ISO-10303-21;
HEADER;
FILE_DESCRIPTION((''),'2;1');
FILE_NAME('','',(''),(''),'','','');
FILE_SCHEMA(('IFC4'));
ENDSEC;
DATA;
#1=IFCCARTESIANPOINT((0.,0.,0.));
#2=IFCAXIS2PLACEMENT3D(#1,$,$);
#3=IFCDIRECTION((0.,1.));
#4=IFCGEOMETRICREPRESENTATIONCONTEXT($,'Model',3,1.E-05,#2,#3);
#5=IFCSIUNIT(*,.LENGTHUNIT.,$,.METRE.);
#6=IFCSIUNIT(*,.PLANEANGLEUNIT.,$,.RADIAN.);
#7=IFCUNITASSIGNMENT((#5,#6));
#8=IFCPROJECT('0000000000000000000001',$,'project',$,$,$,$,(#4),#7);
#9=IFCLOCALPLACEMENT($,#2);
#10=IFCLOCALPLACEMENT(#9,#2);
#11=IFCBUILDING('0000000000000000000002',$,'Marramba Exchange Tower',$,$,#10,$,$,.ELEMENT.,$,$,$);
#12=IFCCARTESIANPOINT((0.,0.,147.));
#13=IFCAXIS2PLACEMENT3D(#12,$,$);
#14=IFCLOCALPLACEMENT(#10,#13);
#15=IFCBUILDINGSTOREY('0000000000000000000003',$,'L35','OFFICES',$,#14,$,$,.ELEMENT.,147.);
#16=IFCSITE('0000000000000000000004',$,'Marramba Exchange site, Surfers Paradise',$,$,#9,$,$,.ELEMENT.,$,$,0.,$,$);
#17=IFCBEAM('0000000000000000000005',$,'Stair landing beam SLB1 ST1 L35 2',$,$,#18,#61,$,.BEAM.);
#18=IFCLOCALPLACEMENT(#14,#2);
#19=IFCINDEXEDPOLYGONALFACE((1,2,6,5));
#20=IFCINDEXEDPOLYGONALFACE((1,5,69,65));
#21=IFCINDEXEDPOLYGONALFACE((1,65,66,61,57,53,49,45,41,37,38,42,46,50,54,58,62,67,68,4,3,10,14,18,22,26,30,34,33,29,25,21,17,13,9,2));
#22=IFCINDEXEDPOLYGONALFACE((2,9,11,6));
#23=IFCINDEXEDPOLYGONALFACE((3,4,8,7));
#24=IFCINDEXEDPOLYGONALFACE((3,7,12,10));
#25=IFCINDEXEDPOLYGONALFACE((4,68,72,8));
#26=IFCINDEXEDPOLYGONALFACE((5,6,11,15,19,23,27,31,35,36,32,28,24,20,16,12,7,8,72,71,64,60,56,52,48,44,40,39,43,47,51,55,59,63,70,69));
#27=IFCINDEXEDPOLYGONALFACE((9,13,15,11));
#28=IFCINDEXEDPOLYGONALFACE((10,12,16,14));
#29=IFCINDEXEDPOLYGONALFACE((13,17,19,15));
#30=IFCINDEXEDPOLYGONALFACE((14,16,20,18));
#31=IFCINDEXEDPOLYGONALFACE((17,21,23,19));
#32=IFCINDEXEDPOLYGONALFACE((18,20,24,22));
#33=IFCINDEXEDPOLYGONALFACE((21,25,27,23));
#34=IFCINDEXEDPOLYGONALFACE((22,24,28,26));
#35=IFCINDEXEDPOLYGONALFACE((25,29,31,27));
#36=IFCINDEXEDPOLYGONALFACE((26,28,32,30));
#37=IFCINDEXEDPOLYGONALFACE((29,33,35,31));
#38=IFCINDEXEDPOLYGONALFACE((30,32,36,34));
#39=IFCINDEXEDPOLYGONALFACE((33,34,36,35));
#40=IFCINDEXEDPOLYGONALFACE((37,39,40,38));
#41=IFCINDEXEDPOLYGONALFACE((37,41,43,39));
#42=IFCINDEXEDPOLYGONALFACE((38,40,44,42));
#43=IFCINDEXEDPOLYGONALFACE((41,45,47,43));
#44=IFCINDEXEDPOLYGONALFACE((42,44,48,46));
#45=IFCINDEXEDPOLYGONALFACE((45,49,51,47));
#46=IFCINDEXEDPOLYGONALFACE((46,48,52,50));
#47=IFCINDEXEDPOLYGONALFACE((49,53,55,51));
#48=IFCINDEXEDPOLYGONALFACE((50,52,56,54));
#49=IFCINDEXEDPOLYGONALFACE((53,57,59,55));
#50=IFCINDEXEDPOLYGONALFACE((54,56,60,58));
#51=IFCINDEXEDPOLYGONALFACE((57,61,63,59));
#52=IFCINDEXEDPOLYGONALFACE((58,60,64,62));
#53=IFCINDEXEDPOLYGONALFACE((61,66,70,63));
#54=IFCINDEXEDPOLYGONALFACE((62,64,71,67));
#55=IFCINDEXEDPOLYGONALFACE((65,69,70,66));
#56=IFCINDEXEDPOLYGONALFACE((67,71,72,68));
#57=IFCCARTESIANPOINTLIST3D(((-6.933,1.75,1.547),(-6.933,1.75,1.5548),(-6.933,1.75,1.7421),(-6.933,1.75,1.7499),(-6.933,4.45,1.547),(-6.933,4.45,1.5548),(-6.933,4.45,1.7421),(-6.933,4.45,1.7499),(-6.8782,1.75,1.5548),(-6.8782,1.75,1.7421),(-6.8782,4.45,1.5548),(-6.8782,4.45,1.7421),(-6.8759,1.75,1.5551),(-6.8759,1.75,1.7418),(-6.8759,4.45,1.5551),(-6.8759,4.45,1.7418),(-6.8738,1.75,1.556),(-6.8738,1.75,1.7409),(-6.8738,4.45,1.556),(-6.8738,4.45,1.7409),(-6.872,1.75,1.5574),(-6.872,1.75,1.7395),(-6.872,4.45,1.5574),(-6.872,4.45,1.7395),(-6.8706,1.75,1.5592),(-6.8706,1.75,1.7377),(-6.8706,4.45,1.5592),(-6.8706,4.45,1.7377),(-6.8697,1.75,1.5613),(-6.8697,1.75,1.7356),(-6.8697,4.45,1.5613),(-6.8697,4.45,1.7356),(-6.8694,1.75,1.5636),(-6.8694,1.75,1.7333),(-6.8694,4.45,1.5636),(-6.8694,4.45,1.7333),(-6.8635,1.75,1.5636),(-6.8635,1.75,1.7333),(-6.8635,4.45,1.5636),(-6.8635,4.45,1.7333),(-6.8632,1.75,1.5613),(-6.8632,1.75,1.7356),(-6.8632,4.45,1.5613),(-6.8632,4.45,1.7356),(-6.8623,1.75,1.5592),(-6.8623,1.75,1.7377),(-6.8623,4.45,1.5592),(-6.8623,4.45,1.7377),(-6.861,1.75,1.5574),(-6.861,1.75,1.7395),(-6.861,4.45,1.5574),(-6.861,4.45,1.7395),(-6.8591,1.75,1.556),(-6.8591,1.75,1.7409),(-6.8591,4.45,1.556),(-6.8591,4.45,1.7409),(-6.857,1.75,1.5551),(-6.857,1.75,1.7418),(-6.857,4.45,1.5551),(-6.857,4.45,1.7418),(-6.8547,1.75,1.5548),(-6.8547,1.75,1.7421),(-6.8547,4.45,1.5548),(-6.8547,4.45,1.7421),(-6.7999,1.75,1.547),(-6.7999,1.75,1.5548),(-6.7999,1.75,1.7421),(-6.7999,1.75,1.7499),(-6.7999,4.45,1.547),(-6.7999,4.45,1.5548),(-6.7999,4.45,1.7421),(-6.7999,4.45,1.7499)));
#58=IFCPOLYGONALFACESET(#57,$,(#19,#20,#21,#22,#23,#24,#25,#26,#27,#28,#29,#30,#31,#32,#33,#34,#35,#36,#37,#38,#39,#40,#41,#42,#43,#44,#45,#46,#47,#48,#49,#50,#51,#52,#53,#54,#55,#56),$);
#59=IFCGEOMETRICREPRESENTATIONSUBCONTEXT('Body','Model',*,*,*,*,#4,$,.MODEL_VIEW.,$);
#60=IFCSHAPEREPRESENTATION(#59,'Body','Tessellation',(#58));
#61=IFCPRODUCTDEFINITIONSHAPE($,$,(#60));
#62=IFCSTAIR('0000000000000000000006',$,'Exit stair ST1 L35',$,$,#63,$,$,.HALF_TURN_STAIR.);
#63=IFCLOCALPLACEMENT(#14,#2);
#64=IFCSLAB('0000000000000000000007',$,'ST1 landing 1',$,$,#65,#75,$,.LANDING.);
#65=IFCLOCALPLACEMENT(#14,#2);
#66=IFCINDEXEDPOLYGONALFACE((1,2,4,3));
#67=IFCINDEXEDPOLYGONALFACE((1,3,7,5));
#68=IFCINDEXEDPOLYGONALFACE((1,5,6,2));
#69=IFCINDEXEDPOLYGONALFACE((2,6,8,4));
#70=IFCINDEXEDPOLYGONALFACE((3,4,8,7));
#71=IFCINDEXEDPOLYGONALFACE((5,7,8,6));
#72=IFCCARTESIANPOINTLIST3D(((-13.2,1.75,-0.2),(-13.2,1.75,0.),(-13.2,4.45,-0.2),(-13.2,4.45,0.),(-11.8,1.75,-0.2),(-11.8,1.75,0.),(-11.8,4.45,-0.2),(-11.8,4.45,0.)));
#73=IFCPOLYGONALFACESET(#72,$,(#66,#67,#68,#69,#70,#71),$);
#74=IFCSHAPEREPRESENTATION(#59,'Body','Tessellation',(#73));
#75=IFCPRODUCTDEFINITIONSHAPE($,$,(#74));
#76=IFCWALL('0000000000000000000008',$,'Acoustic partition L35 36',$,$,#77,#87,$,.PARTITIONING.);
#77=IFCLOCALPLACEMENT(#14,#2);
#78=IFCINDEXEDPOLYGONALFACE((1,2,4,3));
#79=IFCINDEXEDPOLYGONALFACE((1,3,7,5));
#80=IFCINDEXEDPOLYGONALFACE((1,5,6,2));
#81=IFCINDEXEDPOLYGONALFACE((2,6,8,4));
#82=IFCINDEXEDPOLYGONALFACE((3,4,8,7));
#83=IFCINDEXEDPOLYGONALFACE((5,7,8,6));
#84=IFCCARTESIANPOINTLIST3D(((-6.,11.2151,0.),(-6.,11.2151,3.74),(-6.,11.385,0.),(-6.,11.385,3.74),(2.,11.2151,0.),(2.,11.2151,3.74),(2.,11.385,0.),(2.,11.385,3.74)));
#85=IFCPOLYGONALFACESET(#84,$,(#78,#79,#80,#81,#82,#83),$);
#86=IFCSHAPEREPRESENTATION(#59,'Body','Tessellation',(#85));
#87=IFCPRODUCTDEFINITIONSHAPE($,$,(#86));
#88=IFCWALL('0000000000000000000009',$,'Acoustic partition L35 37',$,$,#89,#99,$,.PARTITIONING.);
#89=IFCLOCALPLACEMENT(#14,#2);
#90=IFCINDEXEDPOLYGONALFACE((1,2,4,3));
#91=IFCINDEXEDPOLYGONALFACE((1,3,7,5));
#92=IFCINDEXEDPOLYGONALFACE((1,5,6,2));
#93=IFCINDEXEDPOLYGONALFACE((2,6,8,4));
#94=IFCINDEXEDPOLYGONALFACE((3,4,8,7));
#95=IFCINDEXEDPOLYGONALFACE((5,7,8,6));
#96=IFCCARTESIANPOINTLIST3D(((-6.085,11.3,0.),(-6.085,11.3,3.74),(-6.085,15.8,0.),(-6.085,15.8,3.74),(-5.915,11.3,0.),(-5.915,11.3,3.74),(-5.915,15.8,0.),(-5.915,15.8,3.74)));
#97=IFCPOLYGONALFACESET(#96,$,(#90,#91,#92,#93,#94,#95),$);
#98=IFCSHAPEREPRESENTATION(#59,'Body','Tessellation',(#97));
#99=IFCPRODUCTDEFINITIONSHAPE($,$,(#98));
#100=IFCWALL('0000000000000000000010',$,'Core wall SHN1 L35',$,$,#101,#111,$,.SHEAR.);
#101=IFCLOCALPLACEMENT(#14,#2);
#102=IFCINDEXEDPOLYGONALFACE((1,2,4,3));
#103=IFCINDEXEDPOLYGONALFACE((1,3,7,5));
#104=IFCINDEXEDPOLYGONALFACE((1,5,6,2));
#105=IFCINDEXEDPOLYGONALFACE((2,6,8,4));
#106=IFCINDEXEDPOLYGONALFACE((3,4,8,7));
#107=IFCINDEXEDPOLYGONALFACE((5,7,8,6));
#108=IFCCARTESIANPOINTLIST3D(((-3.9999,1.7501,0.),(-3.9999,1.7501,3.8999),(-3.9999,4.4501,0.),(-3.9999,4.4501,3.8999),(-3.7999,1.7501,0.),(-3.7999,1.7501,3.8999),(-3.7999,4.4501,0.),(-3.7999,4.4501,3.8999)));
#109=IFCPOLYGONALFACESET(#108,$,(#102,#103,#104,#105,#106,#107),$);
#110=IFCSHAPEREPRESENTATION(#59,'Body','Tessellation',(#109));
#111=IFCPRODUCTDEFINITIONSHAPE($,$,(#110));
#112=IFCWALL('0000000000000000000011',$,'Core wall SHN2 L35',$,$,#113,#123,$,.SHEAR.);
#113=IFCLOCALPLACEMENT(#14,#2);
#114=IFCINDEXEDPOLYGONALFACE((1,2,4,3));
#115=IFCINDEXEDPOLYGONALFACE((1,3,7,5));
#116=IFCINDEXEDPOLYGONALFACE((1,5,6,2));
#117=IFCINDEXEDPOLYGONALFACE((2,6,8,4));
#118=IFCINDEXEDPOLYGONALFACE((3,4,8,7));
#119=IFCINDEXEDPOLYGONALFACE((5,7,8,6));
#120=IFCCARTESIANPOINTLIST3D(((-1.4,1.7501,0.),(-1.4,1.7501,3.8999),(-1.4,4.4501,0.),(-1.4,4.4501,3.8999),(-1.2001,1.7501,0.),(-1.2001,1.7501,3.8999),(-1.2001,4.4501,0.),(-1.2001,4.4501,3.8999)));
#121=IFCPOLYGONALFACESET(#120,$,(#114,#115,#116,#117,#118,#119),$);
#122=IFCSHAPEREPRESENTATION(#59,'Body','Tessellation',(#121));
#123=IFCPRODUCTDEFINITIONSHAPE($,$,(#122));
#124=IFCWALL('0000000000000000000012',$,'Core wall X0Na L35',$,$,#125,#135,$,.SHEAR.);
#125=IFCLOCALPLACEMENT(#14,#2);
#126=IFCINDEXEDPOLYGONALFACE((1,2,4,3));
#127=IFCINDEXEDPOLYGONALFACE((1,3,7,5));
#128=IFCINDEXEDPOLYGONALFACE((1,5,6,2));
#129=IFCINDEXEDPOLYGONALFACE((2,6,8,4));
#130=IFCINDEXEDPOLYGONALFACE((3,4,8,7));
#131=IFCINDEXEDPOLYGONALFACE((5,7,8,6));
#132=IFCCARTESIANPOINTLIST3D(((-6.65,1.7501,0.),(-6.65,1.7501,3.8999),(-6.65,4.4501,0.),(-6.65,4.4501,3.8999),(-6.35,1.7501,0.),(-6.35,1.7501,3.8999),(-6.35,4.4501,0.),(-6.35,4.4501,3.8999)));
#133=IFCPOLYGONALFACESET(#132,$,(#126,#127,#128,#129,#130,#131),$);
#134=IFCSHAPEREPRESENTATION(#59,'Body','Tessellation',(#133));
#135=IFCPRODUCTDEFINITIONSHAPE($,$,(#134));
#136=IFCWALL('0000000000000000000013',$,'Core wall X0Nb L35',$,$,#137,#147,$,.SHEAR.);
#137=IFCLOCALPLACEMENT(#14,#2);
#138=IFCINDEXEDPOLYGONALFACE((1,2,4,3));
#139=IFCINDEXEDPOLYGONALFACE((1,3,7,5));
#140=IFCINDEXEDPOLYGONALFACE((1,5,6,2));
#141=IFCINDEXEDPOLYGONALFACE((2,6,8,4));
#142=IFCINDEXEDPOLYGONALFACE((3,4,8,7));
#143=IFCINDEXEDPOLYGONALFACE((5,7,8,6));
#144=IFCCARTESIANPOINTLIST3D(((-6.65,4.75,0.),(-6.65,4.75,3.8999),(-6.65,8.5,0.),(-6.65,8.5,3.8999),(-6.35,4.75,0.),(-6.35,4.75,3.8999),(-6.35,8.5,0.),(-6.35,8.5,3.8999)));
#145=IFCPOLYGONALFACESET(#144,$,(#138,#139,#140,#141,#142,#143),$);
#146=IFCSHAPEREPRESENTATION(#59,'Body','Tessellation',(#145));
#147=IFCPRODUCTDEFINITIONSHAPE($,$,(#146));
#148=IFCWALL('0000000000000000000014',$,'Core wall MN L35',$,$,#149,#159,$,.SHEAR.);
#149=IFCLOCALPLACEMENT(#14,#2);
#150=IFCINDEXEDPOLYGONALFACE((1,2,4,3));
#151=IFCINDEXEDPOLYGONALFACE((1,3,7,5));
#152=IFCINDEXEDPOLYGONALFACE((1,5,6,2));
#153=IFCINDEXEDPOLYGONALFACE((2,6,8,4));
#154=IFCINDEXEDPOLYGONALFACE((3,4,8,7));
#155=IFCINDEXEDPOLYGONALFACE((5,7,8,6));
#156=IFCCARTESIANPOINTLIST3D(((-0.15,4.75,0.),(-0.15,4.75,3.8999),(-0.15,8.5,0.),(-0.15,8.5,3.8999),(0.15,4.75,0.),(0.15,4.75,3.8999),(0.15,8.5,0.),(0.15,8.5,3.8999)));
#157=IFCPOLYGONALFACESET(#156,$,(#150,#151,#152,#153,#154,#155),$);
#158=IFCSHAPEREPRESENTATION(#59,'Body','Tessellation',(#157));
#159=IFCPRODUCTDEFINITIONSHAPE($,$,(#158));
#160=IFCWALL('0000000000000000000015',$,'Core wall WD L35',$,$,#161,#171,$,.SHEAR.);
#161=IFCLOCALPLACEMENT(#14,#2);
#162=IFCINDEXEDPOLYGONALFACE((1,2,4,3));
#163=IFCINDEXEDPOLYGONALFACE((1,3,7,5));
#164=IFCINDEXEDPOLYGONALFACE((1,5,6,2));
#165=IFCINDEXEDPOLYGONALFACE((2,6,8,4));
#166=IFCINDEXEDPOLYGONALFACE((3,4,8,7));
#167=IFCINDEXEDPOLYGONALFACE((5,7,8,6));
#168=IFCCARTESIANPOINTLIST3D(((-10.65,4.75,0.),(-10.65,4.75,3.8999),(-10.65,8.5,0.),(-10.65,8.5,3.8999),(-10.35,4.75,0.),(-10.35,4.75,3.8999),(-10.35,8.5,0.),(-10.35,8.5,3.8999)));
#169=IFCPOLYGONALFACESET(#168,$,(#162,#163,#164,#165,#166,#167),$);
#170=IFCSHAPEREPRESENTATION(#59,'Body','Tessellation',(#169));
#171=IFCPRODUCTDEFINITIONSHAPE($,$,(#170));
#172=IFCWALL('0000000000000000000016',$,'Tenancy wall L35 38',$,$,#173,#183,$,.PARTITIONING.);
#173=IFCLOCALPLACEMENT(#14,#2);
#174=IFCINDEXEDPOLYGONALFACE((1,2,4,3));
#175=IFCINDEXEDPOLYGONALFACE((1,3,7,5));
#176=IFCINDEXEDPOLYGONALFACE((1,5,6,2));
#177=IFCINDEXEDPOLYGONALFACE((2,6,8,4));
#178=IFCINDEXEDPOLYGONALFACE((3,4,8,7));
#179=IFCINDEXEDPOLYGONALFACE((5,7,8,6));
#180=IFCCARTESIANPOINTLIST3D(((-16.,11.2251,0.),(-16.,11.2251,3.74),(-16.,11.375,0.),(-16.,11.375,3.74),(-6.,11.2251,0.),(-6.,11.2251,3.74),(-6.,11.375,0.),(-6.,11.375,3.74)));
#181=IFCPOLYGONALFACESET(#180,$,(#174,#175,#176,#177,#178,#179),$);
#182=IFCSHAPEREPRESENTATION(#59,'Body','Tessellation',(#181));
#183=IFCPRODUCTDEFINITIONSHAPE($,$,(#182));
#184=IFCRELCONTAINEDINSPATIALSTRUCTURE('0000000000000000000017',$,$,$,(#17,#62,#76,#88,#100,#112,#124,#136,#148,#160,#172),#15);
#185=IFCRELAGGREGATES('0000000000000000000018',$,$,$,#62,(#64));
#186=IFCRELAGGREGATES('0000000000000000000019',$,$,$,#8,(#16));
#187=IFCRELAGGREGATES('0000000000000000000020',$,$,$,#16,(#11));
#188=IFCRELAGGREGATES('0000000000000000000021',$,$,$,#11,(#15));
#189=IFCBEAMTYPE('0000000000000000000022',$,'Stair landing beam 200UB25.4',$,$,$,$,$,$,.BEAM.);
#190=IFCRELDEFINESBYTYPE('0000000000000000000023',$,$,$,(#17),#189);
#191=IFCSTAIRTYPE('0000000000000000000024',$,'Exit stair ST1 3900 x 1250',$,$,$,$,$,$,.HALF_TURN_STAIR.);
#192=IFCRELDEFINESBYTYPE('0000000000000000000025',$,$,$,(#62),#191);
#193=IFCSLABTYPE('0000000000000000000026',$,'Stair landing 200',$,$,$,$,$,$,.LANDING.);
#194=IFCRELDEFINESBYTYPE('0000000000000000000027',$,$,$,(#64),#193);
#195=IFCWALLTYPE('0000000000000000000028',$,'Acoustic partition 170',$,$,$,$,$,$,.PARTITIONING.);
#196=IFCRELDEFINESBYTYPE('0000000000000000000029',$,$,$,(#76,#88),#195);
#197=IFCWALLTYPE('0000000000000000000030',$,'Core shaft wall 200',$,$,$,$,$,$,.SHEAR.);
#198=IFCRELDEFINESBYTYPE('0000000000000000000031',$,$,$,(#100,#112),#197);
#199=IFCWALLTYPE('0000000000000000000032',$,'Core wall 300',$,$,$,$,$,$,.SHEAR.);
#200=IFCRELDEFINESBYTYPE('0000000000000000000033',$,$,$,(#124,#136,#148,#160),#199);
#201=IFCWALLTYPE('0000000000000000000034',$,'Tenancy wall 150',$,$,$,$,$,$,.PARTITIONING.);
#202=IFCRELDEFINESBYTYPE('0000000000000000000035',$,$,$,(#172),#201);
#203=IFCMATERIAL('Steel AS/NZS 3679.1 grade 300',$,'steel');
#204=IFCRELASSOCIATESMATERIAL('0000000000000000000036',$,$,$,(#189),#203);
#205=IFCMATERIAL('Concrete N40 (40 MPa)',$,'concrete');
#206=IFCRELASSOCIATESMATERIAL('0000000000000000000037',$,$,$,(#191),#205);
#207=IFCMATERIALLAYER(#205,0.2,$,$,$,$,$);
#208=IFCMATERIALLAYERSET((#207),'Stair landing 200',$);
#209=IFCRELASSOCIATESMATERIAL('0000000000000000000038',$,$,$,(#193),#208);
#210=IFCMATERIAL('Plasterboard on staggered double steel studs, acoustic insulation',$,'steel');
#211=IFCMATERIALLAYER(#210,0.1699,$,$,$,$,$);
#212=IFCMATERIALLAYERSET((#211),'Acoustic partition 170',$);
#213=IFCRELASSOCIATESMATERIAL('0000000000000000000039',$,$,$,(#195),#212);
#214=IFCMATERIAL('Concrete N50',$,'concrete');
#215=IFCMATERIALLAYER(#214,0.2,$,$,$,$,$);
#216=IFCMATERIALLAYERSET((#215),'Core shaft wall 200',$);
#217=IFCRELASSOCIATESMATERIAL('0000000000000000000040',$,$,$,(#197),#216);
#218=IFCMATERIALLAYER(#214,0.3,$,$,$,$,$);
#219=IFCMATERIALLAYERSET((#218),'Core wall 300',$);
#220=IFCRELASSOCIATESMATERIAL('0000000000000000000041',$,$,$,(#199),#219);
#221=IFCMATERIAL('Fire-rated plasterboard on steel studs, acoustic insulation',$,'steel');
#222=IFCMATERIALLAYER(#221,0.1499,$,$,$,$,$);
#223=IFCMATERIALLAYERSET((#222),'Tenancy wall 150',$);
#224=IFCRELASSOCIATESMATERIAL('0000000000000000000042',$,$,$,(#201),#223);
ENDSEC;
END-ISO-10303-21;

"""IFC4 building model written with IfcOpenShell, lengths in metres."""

from ifc_helpers import new_model, si_unit, direction, frame, frame_2d, origin, origin_2d, place, context, subcontext, project, spatial, polyline, rectangle, i_section, outline, extrude, material, layer, layer_set, material_profile, profile_set, type_object, element, aggregate, save


model = new_model("IFC4")

# Units and contexts
model_context = context("Model", 3, precision=1e-05, world=origin(), true_north=direction((0.0, 1.0)))
body_context = subcontext(model_context, "Body", "Model", "MODEL_VIEW")
ifc_project = project(units=[si_unit("LENGTHUNIT", "METRE"), si_unit("PLANEANGLEUNIT", "RADIAN")], contexts=[model_context])

# Site, building, storey
site_placement = place(None, origin())
site = spatial("IfcSite", under=ifc_project, at=site_placement, Name="Marramba Exchange site, Surfers Paradise", CompositionType="ELEMENT", RefElevation=0.0)
building_placement = place(site_placement, origin())
building = spatial("IfcBuilding", under=site, at=building_placement, Name="Marramba Exchange Tower", CompositionType="ELEMENT")
storey_placement = place(building_placement, frame((0.0, 0.0, 147.0)))
storey = spatial("IfcBuildingStorey", under=building, at=storey_placement, Name="L35", Description="OFFICES", CompositionType="ELEMENT", Elevation=147.0)

# Beam
ifc_material_1 = material(Name="Steel AS/NZS 3679.1 grade 300", Category="steel")
ifc_material_profile_1 = material_profile(ifc_material_1, i_section(OverallWidth=0.1331, OverallDepth=0.2029, WebThickness=0.0059, FlangeThickness=0.0078, FilletRadius=0.0088, at=origin_2d()), Name="200UB25.4")
ifc_profile_set_1 = profile_set([ifc_material_profile_1], Name="Steel AS/NZS 3679.1 grade 300")
beam_type_1 = type_object("IfcBeamType", Name="Stair landing beam 200UB25.4", PredefinedType="BEAM", material=ifc_profile_set_1)
for number, where, z_axis, x_axis, name in (
    (1, (-6.8665, 1.75, 1.6484), (0.0, 1.0, 0.0), (-1.0, 0.0, 0.0), "Stair landing beam SLB1 ST1 L35 2"),
):
    element("IfcBeam", number, at=place(storey_placement, frame(where, z_axis=z_axis, x_axis=x_axis)), inside=storey, type_object=beam_type_1, Name=name, PredefinedType="BEAM", context=body_context, shape_type="SweptSolid", body=[
        extrude(i_section(OverallWidth=0.1331, OverallDepth=0.2029, WebThickness=0.0059, FlangeThickness=0.0078, FilletRadius=0.0088, at=origin_2d()), origin(), (0.0, 0.0, 1.0), 2.7),
    ])

# Stair, slab
ifc_material_2 = material(Name="Concrete N40 (40 MPa)", Category="concrete")
stair_type = type_object("IfcStairType", Name="Exit stair ST1 3900 x 1250", PredefinedType="HALF_TURN_STAIR", material=ifc_material_2)
stair_placement = place(storey_placement, origin())
stair = element("IfcStair", 2, at=stair_placement, inside=storey, type_object=stair_type, Name="Exit stair ST1 L35", PredefinedType="HALF_TURN_STAIR")
ifc_layer_1 = layer(ifc_material_2, 0.2)
ifc_layer_set_1 = layer_set([ifc_layer_1], Name="Stair landing 200")
slab_type_1 = type_object("IfcSlabType", Name="Stair landing 200", PredefinedType="LANDING", material=ifc_layer_set_1)
slab_1_placement = place(storey_placement, frame((0.0, 0.0, -0.2)))
slab_1 = element("IfcSlab", 3, at=slab_1_placement, type_object=slab_type_1, Name="ST1 landing 1", PredefinedType="LANDING", context=body_context, shape_type="SweptSolid", body=[
    extrude(outline(polyline([(-13.2, 1.75), (-11.8, 1.75), (-11.8, 4.45), (-13.2, 4.45), (-13.2, 1.75)])), origin(), (0.0, 0.0, 1.0), 0.2),
])

# Walls
ifc_material_3 = material(Name="Plasterboard on staggered double steel studs, acoustic insulation", Category="steel")
ifc_layer_2 = layer(ifc_material_3, 0.1699)
ifc_layer_set_2 = layer_set([ifc_layer_2], Name="Acoustic partition 170")
wall_type_1 = type_object("IfcWallType", Name="Acoustic partition 170", PredefinedType="PARTITIONING", material=ifc_layer_set_2)
wall_1_placement = place(storey_placement, frame((-6.0, 11.3, 0.0), z_axis=(0.0, 0.0, 1.0), x_axis=(1.0, 0.0, 0.0)))
element("IfcWall", 4, at=wall_1_placement, inside=storey, type_object=wall_type_1, Name="Acoustic partition L35 36", PredefinedType="PARTITIONING", context=body_context, shape_type="SweptSolid", body=[
    extrude(rectangle(XDim=8.0, YDim=0.1699, at=frame_2d((4.0, 0.0))), origin(), (0.0, 0.0, 1.0), 3.74),
])
wall_2_placement = place(storey_placement, frame((-6.0, 15.8, 0.0), z_axis=(0.0, 0.0, 1.0), x_axis=(0.0, -1.0, 0.0)))
element("IfcWall", 5, at=wall_2_placement, inside=storey, type_object=wall_type_1, Name="Acoustic partition L35 37", PredefinedType="PARTITIONING", context=body_context, shape_type="SweptSolid", body=[
    extrude(rectangle(XDim=4.5, YDim=0.1699, at=frame_2d((2.25, 0.0))), origin(), (0.0, 0.0, 1.0), 3.74),
])
ifc_material_4 = material(Name="Concrete N50", Category="concrete")
ifc_layer_3 = layer(ifc_material_4, 0.2)
ifc_layer_set_3 = layer_set([ifc_layer_3], Name="Core shaft wall 200")
wall_type_2 = type_object("IfcWallType", Name="Core shaft wall 200", PredefinedType="SHEAR", material=ifc_layer_set_3)
for number, where, z_axis, x_axis, name in (
    (6, (-3.8999, 1.75, 0.0), (0.0, 0.0, 1.0), (0.0, 1.0, 0.0), "Core wall SHN1 L35"),
    (7, (-1.3, 1.75, 0.0), (0.0, 0.0, 1.0), (0.0, 1.0, 0.0), "Core wall SHN2 L35"),
):
    element("IfcWall", number, at=place(storey_placement, frame(where, z_axis=z_axis, x_axis=x_axis)), inside=storey, type_object=wall_type_2, Name=name, PredefinedType="SHEAR", context=body_context, shape_type="SweptSolid", body=[
        extrude(rectangle(XDim=2.7, YDim=0.2, at=frame_2d((1.3501, 0.0))), origin(), (0.0, 0.0, 1.0), 3.8999),
    ])
ifc_layer_4 = layer(ifc_material_4, 0.3)
ifc_layer_set_4 = layer_set([ifc_layer_4], Name="Core wall 300")
wall_type_3 = type_object("IfcWallType", Name="Core wall 300", PredefinedType="SHEAR", material=ifc_layer_set_4)
wall_3_placement = place(storey_placement, frame((-6.5, 1.75, 0.0), z_axis=(0.0, 0.0, 1.0), x_axis=(0.0, 1.0, 0.0)))
element("IfcWall", 8, at=wall_3_placement, inside=storey, type_object=wall_type_3, Name="Core wall X0Na L35", PredefinedType="SHEAR", context=body_context, shape_type="SweptSolid", body=[
    extrude(rectangle(XDim=2.7, YDim=0.3, at=frame_2d((1.3501, 0.0))), origin(), (0.0, 0.0, 1.0), 3.8999),
])
for number, where, z_axis, x_axis, name in (
    (9, (-6.5, 4.75, 0.0), (0.0, 0.0, 1.0), (0.0, 1.0, 0.0), "Core wall X0Nb L35"),
    (10, (0.0, 4.75, 0.0), (0.0, 0.0, 1.0), (0.0, 1.0, 0.0), "Core wall MN L35"),
    (11, (-10.5, 4.75, 0.0), (0.0, 0.0, 1.0), (0.0, 1.0, 0.0), "Core wall WD L35"),
):
    element("IfcWall", number, at=place(storey_placement, frame(where, z_axis=z_axis, x_axis=x_axis)), inside=storey, type_object=wall_type_3, Name=name, PredefinedType="SHEAR", context=body_context, shape_type="SweptSolid", body=[
        extrude(rectangle(XDim=3.75, YDim=0.3, at=frame_2d((1.875, 0.0))), origin(), (0.0, 0.0, 1.0), 3.8999),
    ])
ifc_material_5 = material(Name="Fire-rated plasterboard on steel studs, acoustic insulation", Category="steel")
ifc_layer_5 = layer(ifc_material_5, 0.1499)
ifc_layer_set_5 = layer_set([ifc_layer_5], Name="Tenancy wall 150")
wall_type_4 = type_object("IfcWallType", Name="Tenancy wall 150", PredefinedType="PARTITIONING", material=ifc_layer_set_5)
wall_4_placement = place(storey_placement, frame((-6.0, 11.3, 0.0), z_axis=(0.0, 0.0, 1.0), x_axis=(-1.0, 0.0, 0.0)))
element("IfcWall", 12, at=wall_4_placement, inside=storey, type_object=wall_type_4, Name="Tenancy wall L35 38", PredefinedType="PARTITIONING", context=body_context, shape_type="SweptSolid", body=[
    extrude(rectangle(XDim=10.0, YDim=0.1499, at=frame_2d((5.0, 0.0))), origin(), (0.0, 0.0, 1.0), 3.74),
])

aggregate(stair, [slab_1])

save(model, "model.ifc")
